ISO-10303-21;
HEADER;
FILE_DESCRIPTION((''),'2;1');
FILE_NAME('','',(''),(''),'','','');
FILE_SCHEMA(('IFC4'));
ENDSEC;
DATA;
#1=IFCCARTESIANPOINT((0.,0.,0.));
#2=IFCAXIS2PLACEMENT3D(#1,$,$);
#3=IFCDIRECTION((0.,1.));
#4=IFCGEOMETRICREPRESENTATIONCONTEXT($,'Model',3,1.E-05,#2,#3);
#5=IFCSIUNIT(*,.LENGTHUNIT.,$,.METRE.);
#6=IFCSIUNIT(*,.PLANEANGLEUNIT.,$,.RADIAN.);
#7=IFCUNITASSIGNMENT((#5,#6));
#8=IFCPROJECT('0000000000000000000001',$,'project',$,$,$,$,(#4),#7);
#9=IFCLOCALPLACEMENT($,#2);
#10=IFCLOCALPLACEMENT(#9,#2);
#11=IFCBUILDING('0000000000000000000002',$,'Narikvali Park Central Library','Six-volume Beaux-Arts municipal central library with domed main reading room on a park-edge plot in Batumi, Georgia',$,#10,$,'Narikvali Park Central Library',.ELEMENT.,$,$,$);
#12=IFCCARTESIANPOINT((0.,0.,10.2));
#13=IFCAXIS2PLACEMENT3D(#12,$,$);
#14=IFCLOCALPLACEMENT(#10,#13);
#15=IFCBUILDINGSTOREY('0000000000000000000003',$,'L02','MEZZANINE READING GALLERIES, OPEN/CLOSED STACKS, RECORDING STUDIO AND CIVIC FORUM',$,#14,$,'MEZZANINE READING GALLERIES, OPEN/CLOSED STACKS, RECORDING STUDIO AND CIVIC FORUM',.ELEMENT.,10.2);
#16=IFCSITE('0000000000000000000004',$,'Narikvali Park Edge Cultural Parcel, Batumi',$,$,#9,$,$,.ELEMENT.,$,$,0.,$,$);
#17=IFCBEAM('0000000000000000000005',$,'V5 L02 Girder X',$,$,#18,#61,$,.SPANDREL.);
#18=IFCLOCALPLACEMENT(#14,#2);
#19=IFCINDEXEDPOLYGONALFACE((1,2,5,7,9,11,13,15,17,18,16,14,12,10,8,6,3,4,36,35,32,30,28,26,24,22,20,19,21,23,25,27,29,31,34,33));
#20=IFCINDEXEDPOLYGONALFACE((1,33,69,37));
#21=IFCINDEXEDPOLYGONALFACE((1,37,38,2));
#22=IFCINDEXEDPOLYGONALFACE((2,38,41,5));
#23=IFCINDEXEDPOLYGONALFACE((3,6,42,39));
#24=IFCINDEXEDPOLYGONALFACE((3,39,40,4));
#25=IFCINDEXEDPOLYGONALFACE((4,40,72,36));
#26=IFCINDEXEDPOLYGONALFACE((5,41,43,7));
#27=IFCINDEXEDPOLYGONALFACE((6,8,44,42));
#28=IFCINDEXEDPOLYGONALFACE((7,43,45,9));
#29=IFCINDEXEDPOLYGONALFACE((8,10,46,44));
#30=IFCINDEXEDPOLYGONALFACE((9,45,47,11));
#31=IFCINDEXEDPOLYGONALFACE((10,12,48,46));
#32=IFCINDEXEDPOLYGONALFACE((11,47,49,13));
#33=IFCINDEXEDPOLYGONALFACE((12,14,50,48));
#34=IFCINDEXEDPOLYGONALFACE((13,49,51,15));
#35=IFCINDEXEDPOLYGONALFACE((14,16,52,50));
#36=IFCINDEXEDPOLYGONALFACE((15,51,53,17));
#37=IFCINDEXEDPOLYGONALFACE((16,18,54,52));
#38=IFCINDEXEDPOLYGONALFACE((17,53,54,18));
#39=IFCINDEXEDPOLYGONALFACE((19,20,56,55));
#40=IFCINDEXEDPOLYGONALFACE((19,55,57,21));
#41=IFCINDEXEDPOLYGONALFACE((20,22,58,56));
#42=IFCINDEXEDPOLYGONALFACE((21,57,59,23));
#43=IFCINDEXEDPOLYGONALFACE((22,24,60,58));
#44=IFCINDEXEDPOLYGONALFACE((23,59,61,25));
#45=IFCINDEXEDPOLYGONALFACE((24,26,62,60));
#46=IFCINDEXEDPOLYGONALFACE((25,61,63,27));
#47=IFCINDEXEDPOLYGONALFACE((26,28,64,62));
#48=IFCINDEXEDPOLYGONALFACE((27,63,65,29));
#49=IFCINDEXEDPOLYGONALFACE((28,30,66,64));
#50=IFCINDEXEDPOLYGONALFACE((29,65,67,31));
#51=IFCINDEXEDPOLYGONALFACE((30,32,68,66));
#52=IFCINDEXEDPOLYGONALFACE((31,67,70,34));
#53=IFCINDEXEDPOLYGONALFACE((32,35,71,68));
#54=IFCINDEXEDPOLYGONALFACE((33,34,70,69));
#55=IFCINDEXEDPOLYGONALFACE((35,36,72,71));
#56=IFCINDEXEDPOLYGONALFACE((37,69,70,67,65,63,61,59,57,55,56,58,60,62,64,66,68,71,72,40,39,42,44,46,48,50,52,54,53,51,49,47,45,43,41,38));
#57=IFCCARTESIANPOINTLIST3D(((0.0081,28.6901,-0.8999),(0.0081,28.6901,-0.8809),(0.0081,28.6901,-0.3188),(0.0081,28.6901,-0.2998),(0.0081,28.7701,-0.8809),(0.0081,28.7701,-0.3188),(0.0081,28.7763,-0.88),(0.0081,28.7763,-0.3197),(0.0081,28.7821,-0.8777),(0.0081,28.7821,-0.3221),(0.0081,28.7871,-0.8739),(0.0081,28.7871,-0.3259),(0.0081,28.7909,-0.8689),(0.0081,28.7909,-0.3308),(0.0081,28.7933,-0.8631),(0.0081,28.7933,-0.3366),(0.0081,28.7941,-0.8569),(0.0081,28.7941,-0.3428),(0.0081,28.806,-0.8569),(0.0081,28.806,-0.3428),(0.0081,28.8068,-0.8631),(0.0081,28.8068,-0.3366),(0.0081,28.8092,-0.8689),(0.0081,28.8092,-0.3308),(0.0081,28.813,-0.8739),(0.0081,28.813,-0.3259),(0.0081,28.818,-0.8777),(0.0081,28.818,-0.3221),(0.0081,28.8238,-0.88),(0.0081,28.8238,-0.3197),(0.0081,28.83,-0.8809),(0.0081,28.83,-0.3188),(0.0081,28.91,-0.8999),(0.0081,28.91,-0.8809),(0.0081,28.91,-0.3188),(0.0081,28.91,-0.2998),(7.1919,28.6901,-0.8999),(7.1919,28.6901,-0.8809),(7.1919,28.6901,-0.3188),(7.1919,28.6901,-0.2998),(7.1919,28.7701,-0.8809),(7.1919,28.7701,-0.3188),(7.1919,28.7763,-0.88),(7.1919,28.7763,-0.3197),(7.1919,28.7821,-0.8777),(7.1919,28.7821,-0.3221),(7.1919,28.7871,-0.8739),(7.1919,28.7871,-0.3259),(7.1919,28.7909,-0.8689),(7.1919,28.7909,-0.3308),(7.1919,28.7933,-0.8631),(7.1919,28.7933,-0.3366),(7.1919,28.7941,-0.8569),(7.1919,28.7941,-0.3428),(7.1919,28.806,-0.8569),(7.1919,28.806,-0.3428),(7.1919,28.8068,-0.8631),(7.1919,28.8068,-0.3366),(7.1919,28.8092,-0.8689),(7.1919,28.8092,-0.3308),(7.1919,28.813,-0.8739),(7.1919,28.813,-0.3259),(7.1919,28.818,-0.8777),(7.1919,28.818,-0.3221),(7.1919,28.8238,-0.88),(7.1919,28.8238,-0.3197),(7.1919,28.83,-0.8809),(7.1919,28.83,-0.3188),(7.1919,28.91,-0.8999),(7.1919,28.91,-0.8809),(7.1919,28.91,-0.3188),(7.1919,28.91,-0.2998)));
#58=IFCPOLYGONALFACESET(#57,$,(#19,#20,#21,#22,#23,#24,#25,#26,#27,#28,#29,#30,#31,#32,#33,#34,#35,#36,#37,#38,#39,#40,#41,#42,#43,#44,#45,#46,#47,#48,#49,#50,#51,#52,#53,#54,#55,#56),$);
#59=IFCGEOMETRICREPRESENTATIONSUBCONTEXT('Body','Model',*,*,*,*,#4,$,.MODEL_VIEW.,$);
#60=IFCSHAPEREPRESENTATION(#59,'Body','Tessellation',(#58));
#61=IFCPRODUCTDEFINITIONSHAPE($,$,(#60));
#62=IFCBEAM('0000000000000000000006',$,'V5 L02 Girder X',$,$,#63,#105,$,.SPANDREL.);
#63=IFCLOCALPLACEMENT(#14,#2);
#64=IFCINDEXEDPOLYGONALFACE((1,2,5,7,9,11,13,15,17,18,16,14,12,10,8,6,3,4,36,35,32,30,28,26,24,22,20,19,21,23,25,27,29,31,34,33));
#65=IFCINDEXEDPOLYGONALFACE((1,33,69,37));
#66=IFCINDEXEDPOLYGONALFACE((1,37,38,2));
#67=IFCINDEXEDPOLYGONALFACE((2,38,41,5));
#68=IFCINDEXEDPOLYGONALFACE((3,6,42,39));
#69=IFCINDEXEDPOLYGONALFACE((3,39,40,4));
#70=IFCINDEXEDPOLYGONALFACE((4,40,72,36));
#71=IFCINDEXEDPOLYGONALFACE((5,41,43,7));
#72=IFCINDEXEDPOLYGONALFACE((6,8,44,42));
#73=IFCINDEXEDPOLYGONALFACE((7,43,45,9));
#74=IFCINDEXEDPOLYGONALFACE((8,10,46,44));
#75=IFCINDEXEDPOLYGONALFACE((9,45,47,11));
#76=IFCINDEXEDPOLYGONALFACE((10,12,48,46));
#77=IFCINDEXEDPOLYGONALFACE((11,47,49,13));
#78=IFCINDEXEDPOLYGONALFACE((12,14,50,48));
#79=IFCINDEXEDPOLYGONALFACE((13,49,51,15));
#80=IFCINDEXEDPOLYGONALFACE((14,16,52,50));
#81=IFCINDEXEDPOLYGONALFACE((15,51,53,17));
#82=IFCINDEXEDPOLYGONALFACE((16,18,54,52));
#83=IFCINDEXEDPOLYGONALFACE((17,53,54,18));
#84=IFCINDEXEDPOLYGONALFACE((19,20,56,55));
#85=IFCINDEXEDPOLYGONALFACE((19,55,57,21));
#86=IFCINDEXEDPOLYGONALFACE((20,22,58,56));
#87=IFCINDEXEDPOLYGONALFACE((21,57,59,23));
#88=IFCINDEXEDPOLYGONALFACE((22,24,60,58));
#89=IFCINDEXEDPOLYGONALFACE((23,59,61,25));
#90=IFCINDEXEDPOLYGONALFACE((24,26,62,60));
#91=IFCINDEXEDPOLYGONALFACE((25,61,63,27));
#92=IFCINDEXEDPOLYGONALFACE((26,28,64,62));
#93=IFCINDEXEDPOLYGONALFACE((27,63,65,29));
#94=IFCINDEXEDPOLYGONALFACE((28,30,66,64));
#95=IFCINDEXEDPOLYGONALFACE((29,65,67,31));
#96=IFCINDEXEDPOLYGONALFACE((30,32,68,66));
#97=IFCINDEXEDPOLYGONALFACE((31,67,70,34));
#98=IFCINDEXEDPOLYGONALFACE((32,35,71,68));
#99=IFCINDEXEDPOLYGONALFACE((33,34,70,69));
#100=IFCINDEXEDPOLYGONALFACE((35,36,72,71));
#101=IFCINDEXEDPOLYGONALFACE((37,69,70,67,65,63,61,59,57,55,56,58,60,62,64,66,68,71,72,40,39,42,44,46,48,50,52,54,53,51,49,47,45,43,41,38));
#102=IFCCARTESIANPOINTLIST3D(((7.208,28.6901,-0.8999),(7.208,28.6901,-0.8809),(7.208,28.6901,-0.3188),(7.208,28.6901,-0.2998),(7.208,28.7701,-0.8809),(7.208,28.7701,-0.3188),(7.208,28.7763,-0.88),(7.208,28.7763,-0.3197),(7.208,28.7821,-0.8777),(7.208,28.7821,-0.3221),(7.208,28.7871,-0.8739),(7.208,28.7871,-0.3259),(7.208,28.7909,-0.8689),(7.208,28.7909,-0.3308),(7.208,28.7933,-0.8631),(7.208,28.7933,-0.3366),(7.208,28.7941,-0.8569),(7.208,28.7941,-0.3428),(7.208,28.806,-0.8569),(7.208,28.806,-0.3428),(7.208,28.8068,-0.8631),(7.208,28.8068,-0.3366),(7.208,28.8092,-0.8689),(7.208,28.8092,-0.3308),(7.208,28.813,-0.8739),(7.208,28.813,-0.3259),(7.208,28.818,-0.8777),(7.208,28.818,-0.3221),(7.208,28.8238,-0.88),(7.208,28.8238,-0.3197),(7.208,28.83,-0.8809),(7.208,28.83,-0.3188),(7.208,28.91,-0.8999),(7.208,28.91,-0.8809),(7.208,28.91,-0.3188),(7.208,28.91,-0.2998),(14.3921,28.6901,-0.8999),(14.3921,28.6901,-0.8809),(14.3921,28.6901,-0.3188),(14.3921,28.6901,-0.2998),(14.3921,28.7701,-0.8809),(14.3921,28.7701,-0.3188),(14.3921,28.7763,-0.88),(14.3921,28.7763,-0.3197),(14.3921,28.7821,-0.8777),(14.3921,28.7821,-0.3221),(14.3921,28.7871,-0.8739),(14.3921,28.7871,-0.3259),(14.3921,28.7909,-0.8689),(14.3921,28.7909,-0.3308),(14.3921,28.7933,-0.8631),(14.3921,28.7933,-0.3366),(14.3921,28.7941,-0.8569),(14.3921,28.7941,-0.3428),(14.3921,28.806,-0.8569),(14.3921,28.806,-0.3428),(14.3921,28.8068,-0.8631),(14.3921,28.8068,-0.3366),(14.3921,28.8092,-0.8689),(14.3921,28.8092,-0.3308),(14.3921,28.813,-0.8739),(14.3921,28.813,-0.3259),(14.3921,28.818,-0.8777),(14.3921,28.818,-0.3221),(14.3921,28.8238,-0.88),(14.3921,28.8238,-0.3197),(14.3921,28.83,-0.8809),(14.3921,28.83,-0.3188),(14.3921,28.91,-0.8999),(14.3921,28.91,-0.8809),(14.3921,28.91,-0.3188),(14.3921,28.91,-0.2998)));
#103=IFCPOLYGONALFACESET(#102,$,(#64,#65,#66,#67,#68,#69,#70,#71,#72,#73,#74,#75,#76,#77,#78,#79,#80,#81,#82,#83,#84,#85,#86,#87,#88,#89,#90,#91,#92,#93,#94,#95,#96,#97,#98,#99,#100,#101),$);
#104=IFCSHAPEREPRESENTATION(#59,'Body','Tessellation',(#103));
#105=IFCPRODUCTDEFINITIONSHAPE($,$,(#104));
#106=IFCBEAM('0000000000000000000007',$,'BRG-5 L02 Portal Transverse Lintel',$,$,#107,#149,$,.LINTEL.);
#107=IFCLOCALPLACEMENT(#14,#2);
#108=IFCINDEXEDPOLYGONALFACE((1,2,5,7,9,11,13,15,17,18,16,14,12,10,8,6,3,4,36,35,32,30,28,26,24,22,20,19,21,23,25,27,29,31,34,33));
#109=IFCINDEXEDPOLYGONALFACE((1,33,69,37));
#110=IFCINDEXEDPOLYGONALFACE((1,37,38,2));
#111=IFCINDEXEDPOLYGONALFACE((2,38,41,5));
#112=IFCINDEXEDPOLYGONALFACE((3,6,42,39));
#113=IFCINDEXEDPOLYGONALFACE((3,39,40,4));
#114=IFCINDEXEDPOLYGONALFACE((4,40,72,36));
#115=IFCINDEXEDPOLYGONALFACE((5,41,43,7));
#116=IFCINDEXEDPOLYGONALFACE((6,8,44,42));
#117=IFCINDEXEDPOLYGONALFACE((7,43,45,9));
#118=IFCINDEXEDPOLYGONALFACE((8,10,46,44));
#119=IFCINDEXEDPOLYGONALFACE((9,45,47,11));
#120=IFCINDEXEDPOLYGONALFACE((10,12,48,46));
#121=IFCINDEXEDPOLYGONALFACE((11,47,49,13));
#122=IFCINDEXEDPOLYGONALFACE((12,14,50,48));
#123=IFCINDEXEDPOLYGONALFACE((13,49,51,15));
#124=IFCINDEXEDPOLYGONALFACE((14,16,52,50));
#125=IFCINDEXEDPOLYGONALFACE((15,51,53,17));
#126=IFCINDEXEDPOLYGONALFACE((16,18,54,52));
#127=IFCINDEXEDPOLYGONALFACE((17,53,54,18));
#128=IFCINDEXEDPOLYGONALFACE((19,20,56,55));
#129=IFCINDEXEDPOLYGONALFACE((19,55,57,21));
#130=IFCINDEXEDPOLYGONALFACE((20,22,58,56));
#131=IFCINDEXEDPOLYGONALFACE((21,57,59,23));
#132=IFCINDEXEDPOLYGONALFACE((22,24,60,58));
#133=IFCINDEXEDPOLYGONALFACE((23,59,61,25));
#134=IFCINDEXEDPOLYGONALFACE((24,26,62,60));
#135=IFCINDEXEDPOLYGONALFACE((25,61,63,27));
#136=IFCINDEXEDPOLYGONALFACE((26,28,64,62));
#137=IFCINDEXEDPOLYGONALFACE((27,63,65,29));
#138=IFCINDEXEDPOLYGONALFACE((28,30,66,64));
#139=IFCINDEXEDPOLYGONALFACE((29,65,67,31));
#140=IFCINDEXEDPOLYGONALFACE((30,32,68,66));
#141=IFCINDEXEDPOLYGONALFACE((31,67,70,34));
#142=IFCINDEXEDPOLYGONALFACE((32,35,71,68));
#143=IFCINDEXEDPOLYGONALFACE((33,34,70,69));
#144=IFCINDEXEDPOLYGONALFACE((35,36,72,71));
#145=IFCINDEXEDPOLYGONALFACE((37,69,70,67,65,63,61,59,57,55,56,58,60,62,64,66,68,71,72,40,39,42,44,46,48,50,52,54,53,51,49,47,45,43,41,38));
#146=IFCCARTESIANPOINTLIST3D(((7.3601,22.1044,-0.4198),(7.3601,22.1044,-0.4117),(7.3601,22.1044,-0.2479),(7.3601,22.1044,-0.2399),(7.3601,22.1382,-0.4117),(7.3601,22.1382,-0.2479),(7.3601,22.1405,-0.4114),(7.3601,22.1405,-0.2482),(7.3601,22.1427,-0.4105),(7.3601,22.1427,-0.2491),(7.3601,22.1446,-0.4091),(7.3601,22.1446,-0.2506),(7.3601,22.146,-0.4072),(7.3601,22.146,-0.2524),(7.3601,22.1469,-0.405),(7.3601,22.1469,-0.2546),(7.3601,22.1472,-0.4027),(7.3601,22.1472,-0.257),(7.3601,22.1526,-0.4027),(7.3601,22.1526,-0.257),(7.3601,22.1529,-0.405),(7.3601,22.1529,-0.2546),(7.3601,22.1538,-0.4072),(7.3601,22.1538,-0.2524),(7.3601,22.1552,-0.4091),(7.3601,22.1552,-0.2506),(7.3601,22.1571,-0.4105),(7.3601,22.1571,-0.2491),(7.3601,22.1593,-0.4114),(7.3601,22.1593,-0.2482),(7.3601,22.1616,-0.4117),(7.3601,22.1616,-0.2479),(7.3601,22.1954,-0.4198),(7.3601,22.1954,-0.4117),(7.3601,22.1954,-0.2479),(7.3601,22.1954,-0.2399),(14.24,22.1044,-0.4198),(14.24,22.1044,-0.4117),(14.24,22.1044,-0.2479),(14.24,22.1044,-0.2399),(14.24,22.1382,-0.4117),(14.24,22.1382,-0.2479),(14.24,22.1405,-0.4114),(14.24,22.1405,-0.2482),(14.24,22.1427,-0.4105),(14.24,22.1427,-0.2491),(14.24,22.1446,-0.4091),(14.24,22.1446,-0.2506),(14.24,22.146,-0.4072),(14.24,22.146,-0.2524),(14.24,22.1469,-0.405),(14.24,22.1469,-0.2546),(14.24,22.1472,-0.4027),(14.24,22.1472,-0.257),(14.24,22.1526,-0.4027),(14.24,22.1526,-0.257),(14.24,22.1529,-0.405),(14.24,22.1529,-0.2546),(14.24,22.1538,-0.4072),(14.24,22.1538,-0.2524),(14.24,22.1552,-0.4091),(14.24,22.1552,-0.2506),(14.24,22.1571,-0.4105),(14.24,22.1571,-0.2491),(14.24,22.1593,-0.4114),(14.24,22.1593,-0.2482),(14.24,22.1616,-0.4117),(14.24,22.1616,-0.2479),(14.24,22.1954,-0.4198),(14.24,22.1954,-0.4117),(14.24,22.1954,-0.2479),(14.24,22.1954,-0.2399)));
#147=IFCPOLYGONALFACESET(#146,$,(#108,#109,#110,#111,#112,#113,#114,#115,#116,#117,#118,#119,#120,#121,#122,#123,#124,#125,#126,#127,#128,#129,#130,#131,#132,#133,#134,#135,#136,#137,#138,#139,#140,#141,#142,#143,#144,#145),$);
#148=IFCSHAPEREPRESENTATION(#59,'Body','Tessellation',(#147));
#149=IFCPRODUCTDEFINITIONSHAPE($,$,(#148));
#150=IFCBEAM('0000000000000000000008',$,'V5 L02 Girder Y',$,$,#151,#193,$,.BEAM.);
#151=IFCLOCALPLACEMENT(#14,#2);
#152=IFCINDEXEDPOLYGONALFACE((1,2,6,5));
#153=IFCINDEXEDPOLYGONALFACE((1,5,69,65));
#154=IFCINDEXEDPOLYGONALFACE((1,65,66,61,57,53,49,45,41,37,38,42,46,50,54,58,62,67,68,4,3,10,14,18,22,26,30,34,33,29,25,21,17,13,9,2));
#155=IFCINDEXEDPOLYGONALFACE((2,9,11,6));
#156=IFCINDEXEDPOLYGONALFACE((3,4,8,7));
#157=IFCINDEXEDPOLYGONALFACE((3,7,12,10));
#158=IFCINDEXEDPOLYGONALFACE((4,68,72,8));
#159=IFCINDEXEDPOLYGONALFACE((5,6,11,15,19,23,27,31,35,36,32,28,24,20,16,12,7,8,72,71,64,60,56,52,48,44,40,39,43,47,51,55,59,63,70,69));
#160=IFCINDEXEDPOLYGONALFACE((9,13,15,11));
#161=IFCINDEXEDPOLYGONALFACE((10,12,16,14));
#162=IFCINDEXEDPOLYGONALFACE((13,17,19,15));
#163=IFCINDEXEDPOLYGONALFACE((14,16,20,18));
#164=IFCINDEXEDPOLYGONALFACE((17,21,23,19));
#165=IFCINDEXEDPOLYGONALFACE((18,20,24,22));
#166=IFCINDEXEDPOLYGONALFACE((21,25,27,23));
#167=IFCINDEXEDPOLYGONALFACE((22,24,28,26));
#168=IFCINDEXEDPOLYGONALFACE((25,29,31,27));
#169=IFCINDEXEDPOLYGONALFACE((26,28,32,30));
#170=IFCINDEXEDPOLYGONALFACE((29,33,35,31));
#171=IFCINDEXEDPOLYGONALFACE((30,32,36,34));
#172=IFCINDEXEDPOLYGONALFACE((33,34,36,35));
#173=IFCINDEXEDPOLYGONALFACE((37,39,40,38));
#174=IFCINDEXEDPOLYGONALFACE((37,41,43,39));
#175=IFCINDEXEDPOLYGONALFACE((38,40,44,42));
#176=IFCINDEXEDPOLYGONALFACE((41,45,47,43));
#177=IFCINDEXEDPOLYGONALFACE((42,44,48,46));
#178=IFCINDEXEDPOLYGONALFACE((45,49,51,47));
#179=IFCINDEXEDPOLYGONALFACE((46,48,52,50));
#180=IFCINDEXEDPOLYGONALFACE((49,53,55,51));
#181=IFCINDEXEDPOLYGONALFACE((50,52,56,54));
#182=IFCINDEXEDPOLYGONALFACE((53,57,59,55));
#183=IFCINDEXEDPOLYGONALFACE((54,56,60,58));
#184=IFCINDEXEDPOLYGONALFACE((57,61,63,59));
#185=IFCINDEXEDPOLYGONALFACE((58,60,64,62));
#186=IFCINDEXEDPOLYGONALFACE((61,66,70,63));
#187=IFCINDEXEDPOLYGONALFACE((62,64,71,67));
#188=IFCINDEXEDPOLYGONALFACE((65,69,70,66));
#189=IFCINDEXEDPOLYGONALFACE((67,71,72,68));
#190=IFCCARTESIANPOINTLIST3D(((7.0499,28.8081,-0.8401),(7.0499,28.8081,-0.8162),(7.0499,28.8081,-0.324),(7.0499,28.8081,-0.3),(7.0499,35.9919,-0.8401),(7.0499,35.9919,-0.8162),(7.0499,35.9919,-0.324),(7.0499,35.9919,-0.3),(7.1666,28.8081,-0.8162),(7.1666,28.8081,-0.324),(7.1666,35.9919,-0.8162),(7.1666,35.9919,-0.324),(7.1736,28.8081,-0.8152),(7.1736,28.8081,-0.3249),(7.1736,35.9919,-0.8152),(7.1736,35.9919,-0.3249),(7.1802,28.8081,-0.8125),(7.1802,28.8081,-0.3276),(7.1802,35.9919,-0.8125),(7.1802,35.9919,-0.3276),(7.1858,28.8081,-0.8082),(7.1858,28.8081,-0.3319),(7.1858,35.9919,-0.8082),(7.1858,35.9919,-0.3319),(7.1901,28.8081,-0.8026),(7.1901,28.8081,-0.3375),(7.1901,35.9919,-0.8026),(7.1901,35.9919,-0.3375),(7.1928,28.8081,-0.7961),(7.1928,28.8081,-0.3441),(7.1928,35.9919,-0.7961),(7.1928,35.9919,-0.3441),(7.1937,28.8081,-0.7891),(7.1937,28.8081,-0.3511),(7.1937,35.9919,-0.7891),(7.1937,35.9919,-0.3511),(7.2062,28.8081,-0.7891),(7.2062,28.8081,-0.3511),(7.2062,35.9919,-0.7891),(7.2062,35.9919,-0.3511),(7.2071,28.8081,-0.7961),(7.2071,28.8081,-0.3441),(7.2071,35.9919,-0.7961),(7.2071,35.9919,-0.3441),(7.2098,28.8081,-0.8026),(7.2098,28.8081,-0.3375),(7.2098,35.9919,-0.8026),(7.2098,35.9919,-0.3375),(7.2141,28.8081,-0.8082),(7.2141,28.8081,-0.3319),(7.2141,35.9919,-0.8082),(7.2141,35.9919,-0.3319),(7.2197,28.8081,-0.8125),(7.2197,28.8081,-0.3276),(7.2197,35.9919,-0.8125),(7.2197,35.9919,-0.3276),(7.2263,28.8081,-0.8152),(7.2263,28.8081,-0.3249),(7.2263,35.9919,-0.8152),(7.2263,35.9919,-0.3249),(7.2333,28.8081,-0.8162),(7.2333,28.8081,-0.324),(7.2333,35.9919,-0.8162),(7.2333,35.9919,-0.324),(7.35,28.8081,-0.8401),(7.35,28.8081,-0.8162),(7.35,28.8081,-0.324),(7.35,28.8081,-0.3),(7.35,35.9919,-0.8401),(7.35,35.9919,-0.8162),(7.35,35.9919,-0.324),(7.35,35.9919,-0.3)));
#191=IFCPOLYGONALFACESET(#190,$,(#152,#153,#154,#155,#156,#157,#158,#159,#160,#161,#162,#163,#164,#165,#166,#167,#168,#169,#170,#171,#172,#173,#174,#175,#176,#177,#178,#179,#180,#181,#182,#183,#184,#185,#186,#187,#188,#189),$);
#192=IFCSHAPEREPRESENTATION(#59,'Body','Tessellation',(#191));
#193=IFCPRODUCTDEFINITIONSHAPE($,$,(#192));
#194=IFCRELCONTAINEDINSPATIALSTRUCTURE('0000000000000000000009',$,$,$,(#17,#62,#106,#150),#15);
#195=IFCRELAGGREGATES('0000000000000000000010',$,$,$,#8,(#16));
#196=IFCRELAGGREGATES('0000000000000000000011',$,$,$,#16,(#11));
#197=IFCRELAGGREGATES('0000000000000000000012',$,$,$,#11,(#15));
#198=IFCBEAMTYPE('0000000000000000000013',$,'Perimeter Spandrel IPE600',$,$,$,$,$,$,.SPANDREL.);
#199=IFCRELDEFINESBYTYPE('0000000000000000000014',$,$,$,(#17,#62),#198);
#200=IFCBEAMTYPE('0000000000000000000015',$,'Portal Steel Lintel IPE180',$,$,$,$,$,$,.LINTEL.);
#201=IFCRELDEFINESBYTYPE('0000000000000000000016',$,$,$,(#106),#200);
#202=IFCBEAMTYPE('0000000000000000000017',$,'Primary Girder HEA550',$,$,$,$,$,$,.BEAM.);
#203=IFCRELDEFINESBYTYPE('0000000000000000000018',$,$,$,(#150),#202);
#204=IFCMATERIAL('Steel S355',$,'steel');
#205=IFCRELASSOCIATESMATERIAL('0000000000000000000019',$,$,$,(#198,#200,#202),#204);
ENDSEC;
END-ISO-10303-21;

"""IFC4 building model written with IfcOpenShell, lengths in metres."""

from ifc_helpers import new_model, si_unit, direction, frame, origin, origin_2d, place, context, subcontext, project, spatial, i_section, extrude, material, material_profile, profile_set, type_object, element, save


model = new_model("IFC4")

# Units and contexts
model_context = context("Model", 3, precision=1e-05, world=origin(), true_north=direction((0.0, 1.0)))
body_context = subcontext(model_context, "Body", "Model", "MODEL_VIEW")
ifc_project = project(units=[si_unit("LENGTHUNIT", "METRE"), si_unit("PLANEANGLEUNIT", "RADIAN")], contexts=[model_context])

# Site, building, storey
site_placement = place(None, origin())
site = spatial("IfcSite", under=ifc_project, at=site_placement, Name="Narikvali Park Edge Cultural Parcel, Batumi", CompositionType="ELEMENT", RefElevation=0.0)
building_placement = place(site_placement, origin())
building = spatial("IfcBuilding", under=site, at=building_placement, Name="Narikvali Park Central Library", Description="Six-volume Beaux-Arts municipal central library with domed main reading room on a park-edge plot in Batumi, Georgia", LongName="Narikvali Park Central Library", CompositionType="ELEMENT")
storey_placement = place(building_placement, frame((0.0, 0.0, 10.2)))
storey = spatial("IfcBuildingStorey", under=building, at=storey_placement, Name="L02", Description="MEZZANINE READING GALLERIES, OPEN/CLOSED STACKS, RECORDING STUDIO AND CIVIC FORUM", LongName="MEZZANINE READING GALLERIES, OPEN/CLOSED STACKS, RECORDING STUDIO AND CIVIC FORUM", CompositionType="ELEMENT", Elevation=10.2)

# Shared definitions
ifc_material_1 = material(Name="Steel S355", Category="steel")

# Beams
ifc_material_profile_1 = material_profile(ifc_material_1, i_section(OverallWidth=0.22, OverallDepth=0.6001, WebThickness=0.012, FlangeThickness=0.019, FilletRadius=0.0239, at=origin_2d()), Name="IPE 600")
ifc_profile_set_1 = profile_set([ifc_material_profile_1], Name="Steel S355")
beam_type_1 = type_object("IfcBeamType", Name="Perimeter Spandrel IPE600", PredefinedType="SPANDREL", material=ifc_profile_set_1)
beam_1_placement = place(storey_placement, frame((0.0081, 28.8, -0.5999), z_axis=(1.0, 0.0, 0.0), x_axis=(0.0, 1.0, 0.0)))
element("IfcBeam", 1, at=beam_1_placement, inside=storey, type_object=beam_type_1, Name="V5 L02 Girder X", PredefinedType="SPANDREL", context=body_context, shape_type="SweptSolid", body=[
    extrude(i_section(OverallWidth=0.22, OverallDepth=0.6001, WebThickness=0.012, FlangeThickness=0.019, FilletRadius=0.0239, at=origin_2d()), origin(), (0.0, 0.0, 1.0), 7.1838),
])
beam_2_placement = place(storey_placement, frame((7.208, 28.8, -0.5999), z_axis=(1.0, 0.0, 0.0), x_axis=(0.0, 1.0, 0.0)))
element("IfcBeam", 2, at=beam_2_placement, inside=storey, type_object=beam_type_1, Name="V5 L02 Girder X", PredefinedType="SPANDREL", context=body_context, shape_type="SweptSolid", body=[
    extrude(i_section(OverallWidth=0.22, OverallDepth=0.6001, WebThickness=0.012, FlangeThickness=0.019, FilletRadius=0.0239, at=origin_2d()), origin(), (0.0, 0.0, 1.0), 7.1841),
])
ifc_material_profile_2 = material_profile(ifc_material_1, i_section(OverallWidth=0.0911, OverallDepth=0.1799, WebThickness=0.0054, FlangeThickness=0.0081, FilletRadius=0.009, at=origin_2d()), Name="IPE 180")
ifc_profile_set_2 = profile_set([ifc_material_profile_2], Name="Steel S355")
beam_type_2 = type_object("IfcBeamType", Name="Portal Steel Lintel IPE180", PredefinedType="LINTEL", material=ifc_profile_set_2)
beam_3_placement = place(storey_placement, frame((7.3601, 22.1499, -0.3298), z_axis=(1.0, 0.0, 0.0), x_axis=(0.0, 1.0, 0.0)))
element("IfcBeam", 3, at=beam_3_placement, inside=storey, type_object=beam_type_2, Name="BRG-5 L02 Portal Transverse Lintel", PredefinedType="LINTEL", context=body_context, shape_type="SweptSolid", body=[
    extrude(i_section(OverallWidth=0.0911, OverallDepth=0.1799, WebThickness=0.0054, FlangeThickness=0.0081, FilletRadius=0.009, at=origin_2d()), origin(), (0.0, 0.0, 1.0), 6.8799),
])
ifc_material_profile_3 = material_profile(ifc_material_1, i_section(OverallWidth=0.3, OverallDepth=0.54, WebThickness=0.0125, FlangeThickness=0.0239, FilletRadius=0.0271, at=origin_2d()), Name="HEA 550")
ifc_profile_set_3 = profile_set([ifc_material_profile_3], Name="Steel S355")
beam_type_3 = type_object("IfcBeamType", Name="Primary Girder HEA550", PredefinedType="BEAM", material=ifc_profile_set_3)
beam_4_placement = place(storey_placement, frame((7.2, 28.8081, -0.5701), z_axis=(0.0, 1.0, 0.0), x_axis=(-1.0, 0.0, 0.0)))
element("IfcBeam", 4, at=beam_4_placement, inside=storey, type_object=beam_type_3, Name="V5 L02 Girder Y", PredefinedType="BEAM", context=body_context, shape_type="SweptSolid", body=[
    extrude(i_section(OverallWidth=0.3, OverallDepth=0.54, WebThickness=0.0125, FlangeThickness=0.0239, FilletRadius=0.0271, at=origin_2d()), origin(), (0.0, 0.0, 1.0), 7.1838),
])

save(model, "model.ifc")
